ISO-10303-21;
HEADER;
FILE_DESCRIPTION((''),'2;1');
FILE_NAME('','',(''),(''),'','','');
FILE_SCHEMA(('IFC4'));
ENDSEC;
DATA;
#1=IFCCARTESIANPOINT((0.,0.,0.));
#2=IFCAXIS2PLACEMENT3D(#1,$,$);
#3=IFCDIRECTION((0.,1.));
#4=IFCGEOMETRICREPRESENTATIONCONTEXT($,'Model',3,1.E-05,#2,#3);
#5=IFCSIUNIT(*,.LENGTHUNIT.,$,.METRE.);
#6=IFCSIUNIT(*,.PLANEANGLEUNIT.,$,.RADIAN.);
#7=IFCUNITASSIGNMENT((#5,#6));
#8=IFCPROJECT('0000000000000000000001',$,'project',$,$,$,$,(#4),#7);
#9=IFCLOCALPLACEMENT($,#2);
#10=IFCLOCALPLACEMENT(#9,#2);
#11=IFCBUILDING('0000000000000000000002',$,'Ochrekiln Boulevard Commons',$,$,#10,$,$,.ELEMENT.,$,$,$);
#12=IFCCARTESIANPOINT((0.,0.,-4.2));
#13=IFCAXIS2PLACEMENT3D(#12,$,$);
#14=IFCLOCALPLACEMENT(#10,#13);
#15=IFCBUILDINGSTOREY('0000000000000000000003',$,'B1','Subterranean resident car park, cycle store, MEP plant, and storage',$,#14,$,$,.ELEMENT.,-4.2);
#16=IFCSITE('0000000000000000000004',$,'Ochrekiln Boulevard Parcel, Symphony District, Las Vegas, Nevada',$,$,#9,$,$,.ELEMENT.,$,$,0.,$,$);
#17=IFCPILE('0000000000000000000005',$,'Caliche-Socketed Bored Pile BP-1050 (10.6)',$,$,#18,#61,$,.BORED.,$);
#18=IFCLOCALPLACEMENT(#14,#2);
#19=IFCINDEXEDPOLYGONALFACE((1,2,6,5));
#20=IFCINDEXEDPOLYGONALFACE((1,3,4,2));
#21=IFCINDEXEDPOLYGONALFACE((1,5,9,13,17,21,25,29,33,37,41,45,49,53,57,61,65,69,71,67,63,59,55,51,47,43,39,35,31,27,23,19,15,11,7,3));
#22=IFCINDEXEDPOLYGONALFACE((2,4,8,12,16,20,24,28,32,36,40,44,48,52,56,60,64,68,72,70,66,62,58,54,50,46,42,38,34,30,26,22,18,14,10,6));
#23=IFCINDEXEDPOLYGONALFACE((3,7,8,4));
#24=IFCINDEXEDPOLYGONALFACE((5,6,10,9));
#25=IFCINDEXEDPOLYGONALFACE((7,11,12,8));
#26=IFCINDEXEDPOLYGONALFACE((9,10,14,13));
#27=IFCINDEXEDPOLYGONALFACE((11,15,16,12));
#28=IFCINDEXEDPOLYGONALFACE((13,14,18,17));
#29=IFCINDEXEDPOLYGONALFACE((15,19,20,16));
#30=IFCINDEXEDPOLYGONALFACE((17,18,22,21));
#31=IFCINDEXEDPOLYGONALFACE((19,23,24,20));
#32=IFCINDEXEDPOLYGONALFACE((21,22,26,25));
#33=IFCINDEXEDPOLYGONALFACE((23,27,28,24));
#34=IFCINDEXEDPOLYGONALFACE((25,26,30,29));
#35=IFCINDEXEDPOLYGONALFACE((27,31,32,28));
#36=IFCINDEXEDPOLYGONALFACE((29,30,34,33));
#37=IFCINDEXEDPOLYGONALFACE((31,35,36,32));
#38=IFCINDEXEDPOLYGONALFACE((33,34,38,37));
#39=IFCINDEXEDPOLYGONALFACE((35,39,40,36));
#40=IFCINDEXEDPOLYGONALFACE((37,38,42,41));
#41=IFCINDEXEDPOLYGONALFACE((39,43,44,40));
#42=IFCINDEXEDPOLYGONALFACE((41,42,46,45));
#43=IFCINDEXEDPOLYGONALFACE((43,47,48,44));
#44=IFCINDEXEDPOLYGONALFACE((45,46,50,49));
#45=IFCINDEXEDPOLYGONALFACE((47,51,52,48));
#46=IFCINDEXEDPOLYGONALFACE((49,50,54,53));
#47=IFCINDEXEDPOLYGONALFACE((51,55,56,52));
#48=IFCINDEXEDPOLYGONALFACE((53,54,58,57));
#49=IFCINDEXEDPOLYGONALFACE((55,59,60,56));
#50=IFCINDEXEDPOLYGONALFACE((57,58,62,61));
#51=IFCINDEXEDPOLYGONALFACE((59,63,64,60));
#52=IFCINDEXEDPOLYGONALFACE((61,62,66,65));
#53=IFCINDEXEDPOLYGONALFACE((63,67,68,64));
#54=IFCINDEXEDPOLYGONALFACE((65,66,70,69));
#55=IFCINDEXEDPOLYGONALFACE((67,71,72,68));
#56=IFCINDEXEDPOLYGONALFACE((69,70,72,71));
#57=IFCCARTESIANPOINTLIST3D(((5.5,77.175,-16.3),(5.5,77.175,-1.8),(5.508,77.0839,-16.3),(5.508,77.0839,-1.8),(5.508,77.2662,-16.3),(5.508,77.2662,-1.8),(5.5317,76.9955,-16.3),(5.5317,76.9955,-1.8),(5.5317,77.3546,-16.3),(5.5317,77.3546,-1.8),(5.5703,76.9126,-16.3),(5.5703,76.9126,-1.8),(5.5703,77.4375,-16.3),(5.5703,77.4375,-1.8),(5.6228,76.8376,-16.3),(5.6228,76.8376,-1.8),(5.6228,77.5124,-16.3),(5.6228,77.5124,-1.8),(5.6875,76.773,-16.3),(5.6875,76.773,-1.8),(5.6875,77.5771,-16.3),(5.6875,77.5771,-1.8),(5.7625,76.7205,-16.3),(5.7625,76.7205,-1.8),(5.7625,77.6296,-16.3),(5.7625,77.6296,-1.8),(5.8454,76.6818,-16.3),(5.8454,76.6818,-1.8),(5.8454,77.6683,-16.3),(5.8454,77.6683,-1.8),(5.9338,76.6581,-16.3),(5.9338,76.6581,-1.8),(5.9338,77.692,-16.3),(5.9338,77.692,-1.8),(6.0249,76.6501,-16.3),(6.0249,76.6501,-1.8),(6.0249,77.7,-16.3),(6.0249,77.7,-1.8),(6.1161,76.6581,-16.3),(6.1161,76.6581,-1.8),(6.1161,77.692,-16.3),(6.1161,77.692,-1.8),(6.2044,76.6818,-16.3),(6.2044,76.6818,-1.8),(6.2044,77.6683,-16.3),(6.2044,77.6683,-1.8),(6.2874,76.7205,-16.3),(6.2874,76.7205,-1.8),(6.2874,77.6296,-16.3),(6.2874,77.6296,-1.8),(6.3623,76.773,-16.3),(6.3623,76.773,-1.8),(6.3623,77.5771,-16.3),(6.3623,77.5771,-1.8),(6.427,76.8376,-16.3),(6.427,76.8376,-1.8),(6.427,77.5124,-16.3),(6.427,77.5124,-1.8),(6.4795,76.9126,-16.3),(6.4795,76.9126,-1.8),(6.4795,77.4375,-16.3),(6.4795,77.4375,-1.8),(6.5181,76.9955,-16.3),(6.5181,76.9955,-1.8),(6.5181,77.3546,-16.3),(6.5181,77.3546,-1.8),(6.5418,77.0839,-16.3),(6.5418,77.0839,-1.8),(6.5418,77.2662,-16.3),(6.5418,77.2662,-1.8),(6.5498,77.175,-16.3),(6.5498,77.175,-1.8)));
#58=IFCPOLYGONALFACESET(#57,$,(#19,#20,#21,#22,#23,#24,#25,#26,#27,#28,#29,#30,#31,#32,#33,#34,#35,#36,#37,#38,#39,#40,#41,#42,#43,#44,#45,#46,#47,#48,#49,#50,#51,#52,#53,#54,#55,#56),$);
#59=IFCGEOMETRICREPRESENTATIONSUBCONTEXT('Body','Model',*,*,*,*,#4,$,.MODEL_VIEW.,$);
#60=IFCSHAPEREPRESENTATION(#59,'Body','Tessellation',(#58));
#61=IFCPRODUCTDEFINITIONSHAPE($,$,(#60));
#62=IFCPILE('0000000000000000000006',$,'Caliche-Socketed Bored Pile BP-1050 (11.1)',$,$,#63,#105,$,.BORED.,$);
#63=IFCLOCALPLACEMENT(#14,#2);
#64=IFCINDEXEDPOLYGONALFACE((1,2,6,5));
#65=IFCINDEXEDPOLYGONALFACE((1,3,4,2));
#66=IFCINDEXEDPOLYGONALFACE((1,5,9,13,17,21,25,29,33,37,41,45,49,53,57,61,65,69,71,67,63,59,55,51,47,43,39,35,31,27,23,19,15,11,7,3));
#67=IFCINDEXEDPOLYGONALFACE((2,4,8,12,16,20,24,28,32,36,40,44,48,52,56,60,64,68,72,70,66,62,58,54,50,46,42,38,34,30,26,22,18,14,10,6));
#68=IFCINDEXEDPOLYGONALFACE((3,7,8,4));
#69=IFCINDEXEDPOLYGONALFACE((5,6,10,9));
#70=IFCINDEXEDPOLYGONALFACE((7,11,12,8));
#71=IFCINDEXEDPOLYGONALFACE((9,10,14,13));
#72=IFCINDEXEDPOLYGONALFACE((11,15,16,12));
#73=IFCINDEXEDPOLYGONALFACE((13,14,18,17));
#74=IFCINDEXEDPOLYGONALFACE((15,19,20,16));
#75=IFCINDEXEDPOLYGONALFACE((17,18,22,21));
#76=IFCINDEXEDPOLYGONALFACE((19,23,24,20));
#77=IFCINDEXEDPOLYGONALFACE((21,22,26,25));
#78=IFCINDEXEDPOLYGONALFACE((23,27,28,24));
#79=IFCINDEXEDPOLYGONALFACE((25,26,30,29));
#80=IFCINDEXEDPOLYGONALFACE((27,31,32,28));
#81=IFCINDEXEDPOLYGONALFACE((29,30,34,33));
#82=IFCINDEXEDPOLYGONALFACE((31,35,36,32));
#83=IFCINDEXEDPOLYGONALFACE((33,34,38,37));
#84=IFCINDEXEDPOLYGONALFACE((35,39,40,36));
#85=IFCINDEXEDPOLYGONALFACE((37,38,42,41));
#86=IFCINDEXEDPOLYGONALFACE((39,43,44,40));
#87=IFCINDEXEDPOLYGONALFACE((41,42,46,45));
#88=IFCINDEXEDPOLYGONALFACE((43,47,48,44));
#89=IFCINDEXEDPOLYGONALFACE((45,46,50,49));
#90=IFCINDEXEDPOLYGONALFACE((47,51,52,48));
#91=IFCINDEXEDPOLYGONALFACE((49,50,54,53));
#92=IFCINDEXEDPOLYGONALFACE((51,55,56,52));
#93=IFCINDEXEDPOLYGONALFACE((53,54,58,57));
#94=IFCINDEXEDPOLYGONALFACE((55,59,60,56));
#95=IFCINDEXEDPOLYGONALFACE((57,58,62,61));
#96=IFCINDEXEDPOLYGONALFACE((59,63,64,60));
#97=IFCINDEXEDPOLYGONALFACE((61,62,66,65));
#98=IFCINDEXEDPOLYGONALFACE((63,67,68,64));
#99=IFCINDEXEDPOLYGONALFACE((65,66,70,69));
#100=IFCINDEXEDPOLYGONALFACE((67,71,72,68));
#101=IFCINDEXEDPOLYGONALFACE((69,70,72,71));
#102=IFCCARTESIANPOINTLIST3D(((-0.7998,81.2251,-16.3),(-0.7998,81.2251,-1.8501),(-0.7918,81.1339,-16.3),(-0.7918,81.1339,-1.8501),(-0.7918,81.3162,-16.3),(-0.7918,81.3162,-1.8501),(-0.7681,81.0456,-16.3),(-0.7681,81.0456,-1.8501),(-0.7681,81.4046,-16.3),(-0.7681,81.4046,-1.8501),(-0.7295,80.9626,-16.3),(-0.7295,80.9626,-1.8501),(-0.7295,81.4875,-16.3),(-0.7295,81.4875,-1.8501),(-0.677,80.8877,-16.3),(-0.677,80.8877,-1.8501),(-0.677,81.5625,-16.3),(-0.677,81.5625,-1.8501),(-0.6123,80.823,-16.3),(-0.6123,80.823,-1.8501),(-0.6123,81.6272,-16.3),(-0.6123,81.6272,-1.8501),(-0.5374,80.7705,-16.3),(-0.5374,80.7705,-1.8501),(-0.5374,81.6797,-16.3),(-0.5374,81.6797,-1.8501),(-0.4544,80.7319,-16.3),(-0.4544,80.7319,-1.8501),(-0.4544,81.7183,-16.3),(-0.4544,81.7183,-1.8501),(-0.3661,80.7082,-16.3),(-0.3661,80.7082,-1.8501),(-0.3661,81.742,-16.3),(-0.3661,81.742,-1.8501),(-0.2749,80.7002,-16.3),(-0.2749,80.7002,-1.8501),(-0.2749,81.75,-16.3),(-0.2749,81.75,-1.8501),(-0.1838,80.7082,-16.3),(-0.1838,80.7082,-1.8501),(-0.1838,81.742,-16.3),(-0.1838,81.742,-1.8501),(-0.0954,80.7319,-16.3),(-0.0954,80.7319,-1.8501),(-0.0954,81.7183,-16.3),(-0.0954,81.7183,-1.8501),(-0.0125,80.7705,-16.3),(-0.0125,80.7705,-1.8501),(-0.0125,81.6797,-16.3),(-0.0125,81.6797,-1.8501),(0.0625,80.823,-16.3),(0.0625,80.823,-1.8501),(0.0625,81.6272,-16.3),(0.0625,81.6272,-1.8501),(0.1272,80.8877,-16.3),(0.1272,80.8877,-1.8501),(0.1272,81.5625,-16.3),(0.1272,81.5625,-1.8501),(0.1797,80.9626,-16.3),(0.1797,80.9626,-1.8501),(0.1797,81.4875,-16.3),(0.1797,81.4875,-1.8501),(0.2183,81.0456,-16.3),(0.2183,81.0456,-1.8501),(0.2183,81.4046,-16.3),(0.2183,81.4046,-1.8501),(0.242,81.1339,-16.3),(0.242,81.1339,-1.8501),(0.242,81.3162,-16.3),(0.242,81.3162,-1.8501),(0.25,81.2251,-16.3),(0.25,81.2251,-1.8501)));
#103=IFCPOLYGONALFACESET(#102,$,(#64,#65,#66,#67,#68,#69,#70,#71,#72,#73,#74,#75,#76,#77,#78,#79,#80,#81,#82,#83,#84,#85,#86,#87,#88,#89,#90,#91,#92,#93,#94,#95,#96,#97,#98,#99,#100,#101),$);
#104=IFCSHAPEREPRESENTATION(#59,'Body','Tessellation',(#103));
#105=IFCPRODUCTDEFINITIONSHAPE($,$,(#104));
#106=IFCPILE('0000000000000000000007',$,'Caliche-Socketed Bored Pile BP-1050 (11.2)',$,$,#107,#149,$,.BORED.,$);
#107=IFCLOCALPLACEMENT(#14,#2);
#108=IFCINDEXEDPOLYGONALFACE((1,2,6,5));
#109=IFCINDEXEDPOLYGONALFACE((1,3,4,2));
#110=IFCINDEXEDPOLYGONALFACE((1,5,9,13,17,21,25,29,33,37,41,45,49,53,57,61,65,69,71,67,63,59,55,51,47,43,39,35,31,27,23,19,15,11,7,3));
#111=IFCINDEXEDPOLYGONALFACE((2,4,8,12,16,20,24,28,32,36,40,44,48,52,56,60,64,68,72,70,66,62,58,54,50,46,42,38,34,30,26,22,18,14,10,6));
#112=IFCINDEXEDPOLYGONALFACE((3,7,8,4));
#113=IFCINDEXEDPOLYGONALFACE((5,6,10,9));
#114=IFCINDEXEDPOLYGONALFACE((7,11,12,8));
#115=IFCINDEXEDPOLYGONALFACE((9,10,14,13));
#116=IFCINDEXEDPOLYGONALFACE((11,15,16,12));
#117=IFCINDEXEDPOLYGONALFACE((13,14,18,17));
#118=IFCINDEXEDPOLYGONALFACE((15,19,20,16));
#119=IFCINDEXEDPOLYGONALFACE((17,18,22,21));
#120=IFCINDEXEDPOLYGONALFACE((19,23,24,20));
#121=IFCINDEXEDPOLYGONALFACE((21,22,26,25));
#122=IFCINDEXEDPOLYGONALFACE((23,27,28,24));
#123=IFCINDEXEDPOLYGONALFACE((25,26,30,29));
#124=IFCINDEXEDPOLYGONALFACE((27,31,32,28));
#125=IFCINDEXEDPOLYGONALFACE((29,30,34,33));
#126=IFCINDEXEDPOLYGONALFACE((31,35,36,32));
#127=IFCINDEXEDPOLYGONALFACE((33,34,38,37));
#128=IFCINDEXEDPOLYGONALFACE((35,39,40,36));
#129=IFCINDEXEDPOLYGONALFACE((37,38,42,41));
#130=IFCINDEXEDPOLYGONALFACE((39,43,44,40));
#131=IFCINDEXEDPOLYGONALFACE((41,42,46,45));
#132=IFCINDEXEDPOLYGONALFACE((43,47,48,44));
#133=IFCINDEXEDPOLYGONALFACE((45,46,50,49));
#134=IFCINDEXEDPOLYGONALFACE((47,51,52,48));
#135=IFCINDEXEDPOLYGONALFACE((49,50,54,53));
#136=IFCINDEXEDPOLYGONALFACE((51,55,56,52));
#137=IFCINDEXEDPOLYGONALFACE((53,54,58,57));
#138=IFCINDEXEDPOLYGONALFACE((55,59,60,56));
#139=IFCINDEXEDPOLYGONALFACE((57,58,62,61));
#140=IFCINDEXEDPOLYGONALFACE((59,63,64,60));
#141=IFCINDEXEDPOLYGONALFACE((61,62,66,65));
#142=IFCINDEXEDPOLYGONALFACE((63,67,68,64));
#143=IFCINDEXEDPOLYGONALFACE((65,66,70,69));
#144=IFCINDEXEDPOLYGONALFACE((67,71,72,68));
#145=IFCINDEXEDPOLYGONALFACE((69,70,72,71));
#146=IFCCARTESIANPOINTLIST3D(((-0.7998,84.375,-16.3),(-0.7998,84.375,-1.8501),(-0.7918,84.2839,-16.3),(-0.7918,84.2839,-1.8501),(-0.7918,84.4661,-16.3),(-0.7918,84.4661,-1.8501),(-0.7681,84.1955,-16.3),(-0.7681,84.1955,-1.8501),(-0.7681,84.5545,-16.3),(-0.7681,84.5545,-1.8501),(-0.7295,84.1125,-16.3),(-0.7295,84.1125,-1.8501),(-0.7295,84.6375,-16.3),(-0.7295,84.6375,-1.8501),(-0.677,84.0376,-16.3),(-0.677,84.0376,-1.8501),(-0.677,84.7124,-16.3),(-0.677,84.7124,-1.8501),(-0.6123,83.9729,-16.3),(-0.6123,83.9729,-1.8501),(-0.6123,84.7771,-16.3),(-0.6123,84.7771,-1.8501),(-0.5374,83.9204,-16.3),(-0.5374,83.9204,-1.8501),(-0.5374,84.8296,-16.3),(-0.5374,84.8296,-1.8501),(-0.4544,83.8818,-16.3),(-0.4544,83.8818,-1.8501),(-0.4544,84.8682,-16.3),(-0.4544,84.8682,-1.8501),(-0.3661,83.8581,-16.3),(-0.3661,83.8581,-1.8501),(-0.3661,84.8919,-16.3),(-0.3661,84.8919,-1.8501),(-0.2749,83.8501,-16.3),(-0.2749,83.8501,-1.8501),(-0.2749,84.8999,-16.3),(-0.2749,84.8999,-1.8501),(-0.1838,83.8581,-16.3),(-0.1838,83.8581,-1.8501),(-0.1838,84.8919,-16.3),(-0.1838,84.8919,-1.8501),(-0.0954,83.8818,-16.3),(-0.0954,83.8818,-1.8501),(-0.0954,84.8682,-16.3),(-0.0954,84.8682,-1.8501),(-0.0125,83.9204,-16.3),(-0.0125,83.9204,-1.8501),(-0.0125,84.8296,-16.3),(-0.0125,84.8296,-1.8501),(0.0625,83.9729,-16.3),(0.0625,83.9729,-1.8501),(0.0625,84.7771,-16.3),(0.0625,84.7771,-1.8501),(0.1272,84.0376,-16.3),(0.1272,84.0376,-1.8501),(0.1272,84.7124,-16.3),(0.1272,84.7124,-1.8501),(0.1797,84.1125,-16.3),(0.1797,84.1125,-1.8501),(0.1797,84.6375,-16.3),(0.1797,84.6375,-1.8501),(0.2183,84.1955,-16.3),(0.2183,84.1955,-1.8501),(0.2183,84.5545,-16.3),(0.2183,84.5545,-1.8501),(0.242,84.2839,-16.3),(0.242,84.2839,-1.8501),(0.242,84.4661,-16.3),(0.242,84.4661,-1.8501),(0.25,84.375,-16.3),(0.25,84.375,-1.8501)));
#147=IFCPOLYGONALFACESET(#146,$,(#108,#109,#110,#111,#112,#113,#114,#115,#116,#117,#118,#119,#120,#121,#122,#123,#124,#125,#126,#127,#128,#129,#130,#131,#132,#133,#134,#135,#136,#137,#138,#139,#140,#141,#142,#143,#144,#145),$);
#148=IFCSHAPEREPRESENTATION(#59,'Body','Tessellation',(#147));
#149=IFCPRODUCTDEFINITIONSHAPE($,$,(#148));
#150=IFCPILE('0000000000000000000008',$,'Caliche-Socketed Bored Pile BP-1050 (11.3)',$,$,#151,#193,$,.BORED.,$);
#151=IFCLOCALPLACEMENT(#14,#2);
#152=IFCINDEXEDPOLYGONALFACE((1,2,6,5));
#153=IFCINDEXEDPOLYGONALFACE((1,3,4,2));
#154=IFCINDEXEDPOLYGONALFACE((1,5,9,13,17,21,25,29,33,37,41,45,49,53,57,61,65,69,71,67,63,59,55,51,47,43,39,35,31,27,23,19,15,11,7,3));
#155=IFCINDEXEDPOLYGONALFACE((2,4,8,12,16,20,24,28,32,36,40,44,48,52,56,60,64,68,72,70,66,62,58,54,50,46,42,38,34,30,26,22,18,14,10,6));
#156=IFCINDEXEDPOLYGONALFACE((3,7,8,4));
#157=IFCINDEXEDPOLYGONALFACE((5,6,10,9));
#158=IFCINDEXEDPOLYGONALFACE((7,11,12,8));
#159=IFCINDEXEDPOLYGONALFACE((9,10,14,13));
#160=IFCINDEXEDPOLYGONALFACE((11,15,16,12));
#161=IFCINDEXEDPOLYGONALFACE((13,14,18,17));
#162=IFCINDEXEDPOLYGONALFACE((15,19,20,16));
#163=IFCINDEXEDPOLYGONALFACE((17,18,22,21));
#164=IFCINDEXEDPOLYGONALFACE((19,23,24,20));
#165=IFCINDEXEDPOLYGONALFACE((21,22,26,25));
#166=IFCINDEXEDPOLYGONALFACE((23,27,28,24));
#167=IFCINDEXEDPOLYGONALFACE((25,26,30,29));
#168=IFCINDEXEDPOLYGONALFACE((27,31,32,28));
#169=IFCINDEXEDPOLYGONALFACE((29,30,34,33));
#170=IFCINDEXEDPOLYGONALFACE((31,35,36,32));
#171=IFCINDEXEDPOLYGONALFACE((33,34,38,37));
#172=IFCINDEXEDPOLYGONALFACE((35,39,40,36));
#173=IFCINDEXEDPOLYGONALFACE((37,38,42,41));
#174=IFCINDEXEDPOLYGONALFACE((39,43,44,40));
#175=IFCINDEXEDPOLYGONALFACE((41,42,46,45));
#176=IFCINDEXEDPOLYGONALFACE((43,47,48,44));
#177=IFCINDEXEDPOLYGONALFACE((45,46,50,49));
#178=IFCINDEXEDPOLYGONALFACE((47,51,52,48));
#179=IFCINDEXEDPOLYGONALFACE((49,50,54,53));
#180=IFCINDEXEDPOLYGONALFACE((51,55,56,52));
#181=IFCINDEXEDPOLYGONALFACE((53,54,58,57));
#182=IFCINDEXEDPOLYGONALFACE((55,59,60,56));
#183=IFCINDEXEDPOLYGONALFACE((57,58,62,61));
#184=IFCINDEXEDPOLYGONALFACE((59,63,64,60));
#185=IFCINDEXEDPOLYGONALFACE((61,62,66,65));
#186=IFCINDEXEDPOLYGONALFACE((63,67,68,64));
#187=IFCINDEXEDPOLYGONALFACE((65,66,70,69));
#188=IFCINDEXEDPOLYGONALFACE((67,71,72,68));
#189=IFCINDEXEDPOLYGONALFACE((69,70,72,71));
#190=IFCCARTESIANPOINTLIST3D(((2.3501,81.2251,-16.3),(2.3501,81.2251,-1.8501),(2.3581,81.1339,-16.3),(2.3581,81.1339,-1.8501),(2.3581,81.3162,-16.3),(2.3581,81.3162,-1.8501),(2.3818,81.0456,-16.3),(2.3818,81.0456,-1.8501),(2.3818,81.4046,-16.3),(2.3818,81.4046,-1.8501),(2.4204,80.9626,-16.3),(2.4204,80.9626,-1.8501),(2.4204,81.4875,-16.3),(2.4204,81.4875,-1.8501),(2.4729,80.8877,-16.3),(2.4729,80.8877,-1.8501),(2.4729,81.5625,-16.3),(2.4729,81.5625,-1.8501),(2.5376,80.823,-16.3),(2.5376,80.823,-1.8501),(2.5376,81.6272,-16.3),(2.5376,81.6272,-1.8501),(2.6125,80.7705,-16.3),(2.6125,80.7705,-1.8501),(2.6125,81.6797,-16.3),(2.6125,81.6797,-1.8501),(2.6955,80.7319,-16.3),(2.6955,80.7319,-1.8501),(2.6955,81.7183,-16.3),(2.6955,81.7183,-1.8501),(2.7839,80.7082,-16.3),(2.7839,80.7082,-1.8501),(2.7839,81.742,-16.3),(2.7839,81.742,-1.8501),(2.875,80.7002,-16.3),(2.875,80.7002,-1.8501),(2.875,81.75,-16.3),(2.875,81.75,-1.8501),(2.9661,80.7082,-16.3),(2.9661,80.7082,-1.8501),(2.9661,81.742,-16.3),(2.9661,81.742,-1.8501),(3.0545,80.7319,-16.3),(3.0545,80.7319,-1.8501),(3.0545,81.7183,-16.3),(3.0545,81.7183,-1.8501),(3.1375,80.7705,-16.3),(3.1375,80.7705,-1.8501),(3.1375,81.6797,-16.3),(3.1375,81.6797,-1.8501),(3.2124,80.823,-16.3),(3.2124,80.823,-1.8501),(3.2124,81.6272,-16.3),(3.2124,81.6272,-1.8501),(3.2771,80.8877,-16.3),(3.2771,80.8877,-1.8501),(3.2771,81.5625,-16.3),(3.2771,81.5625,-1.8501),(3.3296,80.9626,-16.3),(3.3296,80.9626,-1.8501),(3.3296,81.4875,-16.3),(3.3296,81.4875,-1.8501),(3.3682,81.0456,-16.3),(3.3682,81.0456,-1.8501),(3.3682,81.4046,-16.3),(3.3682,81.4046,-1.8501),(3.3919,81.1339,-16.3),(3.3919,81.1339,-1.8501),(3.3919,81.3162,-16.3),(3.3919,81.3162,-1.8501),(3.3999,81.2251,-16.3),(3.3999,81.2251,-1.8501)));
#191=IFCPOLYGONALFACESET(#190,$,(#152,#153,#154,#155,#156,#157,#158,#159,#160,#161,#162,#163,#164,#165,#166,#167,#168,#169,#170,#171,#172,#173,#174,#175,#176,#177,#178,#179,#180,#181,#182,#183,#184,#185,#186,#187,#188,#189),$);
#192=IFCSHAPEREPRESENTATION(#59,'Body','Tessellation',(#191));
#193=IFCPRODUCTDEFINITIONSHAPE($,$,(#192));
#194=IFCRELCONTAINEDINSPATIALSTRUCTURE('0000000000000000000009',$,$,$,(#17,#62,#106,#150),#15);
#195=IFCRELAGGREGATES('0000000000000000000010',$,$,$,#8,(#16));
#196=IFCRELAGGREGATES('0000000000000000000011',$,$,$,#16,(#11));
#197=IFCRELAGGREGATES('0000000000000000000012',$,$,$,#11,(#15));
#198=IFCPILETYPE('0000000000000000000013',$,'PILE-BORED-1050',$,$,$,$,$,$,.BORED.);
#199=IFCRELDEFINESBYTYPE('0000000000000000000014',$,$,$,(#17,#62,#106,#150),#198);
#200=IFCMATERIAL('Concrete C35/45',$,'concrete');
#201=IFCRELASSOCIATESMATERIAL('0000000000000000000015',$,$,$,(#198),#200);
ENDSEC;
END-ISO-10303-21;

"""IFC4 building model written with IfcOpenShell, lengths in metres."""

from ifc_helpers import new_model, si_unit, direction, frame, origin, origin_2d, place, context, subcontext, project, spatial, circle, extrude, material, material_profile, profile_set, type_object, element, save


model = new_model("IFC4")

# Units and contexts
model_context = context("Model", 3, precision=1e-05, world=origin(), true_north=direction((0.0, 1.0)))
body_context = subcontext(model_context, "Body", "Model", "MODEL_VIEW")
ifc_project = project(units=[si_unit("LENGTHUNIT", "METRE"), si_unit("PLANEANGLEUNIT", "RADIAN")], contexts=[model_context])

# Site, building, storey
site_placement = place(None, origin())
site = spatial("IfcSite", under=ifc_project, at=site_placement, Name="Ochrekiln Boulevard Parcel, Symphony District, Las Vegas, Nevada", CompositionType="ELEMENT", RefElevation=0.0)
building_placement = place(site_placement, origin())
building = spatial("IfcBuilding", under=site, at=building_placement, Name="Ochrekiln Boulevard Commons", CompositionType="ELEMENT")
storey_placement = place(building_placement, frame((0.0, 0.0, -4.2)))
storey = spatial("IfcBuildingStorey", under=building, at=storey_placement, Name="B1", Description="Subterranean resident car park, cycle store, MEP plant, and storage", CompositionType="ELEMENT", Elevation=-4.2)

# Shared definitions
ifc_material_1 = material(Name="Concrete C35/45", Category="concrete")

# Piles
ifc_material_profile_1 = material_profile(ifc_material_1, circle(Radius=0.5249, at=origin_2d()), Name="PILE-D1050")
ifc_profile_set_1 = profile_set([ifc_material_profile_1], Name="Concrete C35/45")
pile_type = type_object("IfcPileType", Name="PILE-BORED-1050", PredefinedType="BORED", material=ifc_profile_set_1)
for number, where, z_axis, x_axis, name in (
    (1, (6.0249, 77.175, -1.8), (0.0, 0.0, -1.0), (1.0, 0.0, 0.0), "Caliche-Socketed Bored Pile BP-1050 (10.6)"),
):
    element("IfcPile", number, at=place(storey_placement, frame(where, z_axis=z_axis, x_axis=x_axis)), inside=storey, type_object=pile_type, Name=name, PredefinedType="BORED", context=body_context, shape_type="SweptSolid", body=[
        extrude(circle(Radius=0.5249, at=origin_2d()), origin(), (0.0, 0.0, 1.0), 14.5),
    ])
for number, where, z_axis, x_axis, name in (
    (2, (-0.2749, 81.2251, -1.8501), (0.0, 0.0, -1.0), (1.0, 0.0, 0.0), "Caliche-Socketed Bored Pile BP-1050 (11.1)"),
    (3, (-0.2749, 84.375, -1.8501), (0.0, 0.0, -1.0), (1.0, 0.0, 0.0), "Caliche-Socketed Bored Pile BP-1050 (11.2)"),
    (4, (2.875, 81.2251, -1.8501), (0.0, 0.0, -1.0), (1.0, 0.0, 0.0), "Caliche-Socketed Bored Pile BP-1050 (11.3)"),
):
    element("IfcPile", number, at=place(storey_placement, frame(where, z_axis=z_axis, x_axis=x_axis)), inside=storey, type_object=pile_type, Name=name, PredefinedType="BORED", context=body_context, shape_type="SweptSolid", body=[
        extrude(circle(Radius=0.5249, at=origin_2d()), origin(), (0.0, 0.0, 1.0), 14.45),
    ])

save(model, "model.ifc")
